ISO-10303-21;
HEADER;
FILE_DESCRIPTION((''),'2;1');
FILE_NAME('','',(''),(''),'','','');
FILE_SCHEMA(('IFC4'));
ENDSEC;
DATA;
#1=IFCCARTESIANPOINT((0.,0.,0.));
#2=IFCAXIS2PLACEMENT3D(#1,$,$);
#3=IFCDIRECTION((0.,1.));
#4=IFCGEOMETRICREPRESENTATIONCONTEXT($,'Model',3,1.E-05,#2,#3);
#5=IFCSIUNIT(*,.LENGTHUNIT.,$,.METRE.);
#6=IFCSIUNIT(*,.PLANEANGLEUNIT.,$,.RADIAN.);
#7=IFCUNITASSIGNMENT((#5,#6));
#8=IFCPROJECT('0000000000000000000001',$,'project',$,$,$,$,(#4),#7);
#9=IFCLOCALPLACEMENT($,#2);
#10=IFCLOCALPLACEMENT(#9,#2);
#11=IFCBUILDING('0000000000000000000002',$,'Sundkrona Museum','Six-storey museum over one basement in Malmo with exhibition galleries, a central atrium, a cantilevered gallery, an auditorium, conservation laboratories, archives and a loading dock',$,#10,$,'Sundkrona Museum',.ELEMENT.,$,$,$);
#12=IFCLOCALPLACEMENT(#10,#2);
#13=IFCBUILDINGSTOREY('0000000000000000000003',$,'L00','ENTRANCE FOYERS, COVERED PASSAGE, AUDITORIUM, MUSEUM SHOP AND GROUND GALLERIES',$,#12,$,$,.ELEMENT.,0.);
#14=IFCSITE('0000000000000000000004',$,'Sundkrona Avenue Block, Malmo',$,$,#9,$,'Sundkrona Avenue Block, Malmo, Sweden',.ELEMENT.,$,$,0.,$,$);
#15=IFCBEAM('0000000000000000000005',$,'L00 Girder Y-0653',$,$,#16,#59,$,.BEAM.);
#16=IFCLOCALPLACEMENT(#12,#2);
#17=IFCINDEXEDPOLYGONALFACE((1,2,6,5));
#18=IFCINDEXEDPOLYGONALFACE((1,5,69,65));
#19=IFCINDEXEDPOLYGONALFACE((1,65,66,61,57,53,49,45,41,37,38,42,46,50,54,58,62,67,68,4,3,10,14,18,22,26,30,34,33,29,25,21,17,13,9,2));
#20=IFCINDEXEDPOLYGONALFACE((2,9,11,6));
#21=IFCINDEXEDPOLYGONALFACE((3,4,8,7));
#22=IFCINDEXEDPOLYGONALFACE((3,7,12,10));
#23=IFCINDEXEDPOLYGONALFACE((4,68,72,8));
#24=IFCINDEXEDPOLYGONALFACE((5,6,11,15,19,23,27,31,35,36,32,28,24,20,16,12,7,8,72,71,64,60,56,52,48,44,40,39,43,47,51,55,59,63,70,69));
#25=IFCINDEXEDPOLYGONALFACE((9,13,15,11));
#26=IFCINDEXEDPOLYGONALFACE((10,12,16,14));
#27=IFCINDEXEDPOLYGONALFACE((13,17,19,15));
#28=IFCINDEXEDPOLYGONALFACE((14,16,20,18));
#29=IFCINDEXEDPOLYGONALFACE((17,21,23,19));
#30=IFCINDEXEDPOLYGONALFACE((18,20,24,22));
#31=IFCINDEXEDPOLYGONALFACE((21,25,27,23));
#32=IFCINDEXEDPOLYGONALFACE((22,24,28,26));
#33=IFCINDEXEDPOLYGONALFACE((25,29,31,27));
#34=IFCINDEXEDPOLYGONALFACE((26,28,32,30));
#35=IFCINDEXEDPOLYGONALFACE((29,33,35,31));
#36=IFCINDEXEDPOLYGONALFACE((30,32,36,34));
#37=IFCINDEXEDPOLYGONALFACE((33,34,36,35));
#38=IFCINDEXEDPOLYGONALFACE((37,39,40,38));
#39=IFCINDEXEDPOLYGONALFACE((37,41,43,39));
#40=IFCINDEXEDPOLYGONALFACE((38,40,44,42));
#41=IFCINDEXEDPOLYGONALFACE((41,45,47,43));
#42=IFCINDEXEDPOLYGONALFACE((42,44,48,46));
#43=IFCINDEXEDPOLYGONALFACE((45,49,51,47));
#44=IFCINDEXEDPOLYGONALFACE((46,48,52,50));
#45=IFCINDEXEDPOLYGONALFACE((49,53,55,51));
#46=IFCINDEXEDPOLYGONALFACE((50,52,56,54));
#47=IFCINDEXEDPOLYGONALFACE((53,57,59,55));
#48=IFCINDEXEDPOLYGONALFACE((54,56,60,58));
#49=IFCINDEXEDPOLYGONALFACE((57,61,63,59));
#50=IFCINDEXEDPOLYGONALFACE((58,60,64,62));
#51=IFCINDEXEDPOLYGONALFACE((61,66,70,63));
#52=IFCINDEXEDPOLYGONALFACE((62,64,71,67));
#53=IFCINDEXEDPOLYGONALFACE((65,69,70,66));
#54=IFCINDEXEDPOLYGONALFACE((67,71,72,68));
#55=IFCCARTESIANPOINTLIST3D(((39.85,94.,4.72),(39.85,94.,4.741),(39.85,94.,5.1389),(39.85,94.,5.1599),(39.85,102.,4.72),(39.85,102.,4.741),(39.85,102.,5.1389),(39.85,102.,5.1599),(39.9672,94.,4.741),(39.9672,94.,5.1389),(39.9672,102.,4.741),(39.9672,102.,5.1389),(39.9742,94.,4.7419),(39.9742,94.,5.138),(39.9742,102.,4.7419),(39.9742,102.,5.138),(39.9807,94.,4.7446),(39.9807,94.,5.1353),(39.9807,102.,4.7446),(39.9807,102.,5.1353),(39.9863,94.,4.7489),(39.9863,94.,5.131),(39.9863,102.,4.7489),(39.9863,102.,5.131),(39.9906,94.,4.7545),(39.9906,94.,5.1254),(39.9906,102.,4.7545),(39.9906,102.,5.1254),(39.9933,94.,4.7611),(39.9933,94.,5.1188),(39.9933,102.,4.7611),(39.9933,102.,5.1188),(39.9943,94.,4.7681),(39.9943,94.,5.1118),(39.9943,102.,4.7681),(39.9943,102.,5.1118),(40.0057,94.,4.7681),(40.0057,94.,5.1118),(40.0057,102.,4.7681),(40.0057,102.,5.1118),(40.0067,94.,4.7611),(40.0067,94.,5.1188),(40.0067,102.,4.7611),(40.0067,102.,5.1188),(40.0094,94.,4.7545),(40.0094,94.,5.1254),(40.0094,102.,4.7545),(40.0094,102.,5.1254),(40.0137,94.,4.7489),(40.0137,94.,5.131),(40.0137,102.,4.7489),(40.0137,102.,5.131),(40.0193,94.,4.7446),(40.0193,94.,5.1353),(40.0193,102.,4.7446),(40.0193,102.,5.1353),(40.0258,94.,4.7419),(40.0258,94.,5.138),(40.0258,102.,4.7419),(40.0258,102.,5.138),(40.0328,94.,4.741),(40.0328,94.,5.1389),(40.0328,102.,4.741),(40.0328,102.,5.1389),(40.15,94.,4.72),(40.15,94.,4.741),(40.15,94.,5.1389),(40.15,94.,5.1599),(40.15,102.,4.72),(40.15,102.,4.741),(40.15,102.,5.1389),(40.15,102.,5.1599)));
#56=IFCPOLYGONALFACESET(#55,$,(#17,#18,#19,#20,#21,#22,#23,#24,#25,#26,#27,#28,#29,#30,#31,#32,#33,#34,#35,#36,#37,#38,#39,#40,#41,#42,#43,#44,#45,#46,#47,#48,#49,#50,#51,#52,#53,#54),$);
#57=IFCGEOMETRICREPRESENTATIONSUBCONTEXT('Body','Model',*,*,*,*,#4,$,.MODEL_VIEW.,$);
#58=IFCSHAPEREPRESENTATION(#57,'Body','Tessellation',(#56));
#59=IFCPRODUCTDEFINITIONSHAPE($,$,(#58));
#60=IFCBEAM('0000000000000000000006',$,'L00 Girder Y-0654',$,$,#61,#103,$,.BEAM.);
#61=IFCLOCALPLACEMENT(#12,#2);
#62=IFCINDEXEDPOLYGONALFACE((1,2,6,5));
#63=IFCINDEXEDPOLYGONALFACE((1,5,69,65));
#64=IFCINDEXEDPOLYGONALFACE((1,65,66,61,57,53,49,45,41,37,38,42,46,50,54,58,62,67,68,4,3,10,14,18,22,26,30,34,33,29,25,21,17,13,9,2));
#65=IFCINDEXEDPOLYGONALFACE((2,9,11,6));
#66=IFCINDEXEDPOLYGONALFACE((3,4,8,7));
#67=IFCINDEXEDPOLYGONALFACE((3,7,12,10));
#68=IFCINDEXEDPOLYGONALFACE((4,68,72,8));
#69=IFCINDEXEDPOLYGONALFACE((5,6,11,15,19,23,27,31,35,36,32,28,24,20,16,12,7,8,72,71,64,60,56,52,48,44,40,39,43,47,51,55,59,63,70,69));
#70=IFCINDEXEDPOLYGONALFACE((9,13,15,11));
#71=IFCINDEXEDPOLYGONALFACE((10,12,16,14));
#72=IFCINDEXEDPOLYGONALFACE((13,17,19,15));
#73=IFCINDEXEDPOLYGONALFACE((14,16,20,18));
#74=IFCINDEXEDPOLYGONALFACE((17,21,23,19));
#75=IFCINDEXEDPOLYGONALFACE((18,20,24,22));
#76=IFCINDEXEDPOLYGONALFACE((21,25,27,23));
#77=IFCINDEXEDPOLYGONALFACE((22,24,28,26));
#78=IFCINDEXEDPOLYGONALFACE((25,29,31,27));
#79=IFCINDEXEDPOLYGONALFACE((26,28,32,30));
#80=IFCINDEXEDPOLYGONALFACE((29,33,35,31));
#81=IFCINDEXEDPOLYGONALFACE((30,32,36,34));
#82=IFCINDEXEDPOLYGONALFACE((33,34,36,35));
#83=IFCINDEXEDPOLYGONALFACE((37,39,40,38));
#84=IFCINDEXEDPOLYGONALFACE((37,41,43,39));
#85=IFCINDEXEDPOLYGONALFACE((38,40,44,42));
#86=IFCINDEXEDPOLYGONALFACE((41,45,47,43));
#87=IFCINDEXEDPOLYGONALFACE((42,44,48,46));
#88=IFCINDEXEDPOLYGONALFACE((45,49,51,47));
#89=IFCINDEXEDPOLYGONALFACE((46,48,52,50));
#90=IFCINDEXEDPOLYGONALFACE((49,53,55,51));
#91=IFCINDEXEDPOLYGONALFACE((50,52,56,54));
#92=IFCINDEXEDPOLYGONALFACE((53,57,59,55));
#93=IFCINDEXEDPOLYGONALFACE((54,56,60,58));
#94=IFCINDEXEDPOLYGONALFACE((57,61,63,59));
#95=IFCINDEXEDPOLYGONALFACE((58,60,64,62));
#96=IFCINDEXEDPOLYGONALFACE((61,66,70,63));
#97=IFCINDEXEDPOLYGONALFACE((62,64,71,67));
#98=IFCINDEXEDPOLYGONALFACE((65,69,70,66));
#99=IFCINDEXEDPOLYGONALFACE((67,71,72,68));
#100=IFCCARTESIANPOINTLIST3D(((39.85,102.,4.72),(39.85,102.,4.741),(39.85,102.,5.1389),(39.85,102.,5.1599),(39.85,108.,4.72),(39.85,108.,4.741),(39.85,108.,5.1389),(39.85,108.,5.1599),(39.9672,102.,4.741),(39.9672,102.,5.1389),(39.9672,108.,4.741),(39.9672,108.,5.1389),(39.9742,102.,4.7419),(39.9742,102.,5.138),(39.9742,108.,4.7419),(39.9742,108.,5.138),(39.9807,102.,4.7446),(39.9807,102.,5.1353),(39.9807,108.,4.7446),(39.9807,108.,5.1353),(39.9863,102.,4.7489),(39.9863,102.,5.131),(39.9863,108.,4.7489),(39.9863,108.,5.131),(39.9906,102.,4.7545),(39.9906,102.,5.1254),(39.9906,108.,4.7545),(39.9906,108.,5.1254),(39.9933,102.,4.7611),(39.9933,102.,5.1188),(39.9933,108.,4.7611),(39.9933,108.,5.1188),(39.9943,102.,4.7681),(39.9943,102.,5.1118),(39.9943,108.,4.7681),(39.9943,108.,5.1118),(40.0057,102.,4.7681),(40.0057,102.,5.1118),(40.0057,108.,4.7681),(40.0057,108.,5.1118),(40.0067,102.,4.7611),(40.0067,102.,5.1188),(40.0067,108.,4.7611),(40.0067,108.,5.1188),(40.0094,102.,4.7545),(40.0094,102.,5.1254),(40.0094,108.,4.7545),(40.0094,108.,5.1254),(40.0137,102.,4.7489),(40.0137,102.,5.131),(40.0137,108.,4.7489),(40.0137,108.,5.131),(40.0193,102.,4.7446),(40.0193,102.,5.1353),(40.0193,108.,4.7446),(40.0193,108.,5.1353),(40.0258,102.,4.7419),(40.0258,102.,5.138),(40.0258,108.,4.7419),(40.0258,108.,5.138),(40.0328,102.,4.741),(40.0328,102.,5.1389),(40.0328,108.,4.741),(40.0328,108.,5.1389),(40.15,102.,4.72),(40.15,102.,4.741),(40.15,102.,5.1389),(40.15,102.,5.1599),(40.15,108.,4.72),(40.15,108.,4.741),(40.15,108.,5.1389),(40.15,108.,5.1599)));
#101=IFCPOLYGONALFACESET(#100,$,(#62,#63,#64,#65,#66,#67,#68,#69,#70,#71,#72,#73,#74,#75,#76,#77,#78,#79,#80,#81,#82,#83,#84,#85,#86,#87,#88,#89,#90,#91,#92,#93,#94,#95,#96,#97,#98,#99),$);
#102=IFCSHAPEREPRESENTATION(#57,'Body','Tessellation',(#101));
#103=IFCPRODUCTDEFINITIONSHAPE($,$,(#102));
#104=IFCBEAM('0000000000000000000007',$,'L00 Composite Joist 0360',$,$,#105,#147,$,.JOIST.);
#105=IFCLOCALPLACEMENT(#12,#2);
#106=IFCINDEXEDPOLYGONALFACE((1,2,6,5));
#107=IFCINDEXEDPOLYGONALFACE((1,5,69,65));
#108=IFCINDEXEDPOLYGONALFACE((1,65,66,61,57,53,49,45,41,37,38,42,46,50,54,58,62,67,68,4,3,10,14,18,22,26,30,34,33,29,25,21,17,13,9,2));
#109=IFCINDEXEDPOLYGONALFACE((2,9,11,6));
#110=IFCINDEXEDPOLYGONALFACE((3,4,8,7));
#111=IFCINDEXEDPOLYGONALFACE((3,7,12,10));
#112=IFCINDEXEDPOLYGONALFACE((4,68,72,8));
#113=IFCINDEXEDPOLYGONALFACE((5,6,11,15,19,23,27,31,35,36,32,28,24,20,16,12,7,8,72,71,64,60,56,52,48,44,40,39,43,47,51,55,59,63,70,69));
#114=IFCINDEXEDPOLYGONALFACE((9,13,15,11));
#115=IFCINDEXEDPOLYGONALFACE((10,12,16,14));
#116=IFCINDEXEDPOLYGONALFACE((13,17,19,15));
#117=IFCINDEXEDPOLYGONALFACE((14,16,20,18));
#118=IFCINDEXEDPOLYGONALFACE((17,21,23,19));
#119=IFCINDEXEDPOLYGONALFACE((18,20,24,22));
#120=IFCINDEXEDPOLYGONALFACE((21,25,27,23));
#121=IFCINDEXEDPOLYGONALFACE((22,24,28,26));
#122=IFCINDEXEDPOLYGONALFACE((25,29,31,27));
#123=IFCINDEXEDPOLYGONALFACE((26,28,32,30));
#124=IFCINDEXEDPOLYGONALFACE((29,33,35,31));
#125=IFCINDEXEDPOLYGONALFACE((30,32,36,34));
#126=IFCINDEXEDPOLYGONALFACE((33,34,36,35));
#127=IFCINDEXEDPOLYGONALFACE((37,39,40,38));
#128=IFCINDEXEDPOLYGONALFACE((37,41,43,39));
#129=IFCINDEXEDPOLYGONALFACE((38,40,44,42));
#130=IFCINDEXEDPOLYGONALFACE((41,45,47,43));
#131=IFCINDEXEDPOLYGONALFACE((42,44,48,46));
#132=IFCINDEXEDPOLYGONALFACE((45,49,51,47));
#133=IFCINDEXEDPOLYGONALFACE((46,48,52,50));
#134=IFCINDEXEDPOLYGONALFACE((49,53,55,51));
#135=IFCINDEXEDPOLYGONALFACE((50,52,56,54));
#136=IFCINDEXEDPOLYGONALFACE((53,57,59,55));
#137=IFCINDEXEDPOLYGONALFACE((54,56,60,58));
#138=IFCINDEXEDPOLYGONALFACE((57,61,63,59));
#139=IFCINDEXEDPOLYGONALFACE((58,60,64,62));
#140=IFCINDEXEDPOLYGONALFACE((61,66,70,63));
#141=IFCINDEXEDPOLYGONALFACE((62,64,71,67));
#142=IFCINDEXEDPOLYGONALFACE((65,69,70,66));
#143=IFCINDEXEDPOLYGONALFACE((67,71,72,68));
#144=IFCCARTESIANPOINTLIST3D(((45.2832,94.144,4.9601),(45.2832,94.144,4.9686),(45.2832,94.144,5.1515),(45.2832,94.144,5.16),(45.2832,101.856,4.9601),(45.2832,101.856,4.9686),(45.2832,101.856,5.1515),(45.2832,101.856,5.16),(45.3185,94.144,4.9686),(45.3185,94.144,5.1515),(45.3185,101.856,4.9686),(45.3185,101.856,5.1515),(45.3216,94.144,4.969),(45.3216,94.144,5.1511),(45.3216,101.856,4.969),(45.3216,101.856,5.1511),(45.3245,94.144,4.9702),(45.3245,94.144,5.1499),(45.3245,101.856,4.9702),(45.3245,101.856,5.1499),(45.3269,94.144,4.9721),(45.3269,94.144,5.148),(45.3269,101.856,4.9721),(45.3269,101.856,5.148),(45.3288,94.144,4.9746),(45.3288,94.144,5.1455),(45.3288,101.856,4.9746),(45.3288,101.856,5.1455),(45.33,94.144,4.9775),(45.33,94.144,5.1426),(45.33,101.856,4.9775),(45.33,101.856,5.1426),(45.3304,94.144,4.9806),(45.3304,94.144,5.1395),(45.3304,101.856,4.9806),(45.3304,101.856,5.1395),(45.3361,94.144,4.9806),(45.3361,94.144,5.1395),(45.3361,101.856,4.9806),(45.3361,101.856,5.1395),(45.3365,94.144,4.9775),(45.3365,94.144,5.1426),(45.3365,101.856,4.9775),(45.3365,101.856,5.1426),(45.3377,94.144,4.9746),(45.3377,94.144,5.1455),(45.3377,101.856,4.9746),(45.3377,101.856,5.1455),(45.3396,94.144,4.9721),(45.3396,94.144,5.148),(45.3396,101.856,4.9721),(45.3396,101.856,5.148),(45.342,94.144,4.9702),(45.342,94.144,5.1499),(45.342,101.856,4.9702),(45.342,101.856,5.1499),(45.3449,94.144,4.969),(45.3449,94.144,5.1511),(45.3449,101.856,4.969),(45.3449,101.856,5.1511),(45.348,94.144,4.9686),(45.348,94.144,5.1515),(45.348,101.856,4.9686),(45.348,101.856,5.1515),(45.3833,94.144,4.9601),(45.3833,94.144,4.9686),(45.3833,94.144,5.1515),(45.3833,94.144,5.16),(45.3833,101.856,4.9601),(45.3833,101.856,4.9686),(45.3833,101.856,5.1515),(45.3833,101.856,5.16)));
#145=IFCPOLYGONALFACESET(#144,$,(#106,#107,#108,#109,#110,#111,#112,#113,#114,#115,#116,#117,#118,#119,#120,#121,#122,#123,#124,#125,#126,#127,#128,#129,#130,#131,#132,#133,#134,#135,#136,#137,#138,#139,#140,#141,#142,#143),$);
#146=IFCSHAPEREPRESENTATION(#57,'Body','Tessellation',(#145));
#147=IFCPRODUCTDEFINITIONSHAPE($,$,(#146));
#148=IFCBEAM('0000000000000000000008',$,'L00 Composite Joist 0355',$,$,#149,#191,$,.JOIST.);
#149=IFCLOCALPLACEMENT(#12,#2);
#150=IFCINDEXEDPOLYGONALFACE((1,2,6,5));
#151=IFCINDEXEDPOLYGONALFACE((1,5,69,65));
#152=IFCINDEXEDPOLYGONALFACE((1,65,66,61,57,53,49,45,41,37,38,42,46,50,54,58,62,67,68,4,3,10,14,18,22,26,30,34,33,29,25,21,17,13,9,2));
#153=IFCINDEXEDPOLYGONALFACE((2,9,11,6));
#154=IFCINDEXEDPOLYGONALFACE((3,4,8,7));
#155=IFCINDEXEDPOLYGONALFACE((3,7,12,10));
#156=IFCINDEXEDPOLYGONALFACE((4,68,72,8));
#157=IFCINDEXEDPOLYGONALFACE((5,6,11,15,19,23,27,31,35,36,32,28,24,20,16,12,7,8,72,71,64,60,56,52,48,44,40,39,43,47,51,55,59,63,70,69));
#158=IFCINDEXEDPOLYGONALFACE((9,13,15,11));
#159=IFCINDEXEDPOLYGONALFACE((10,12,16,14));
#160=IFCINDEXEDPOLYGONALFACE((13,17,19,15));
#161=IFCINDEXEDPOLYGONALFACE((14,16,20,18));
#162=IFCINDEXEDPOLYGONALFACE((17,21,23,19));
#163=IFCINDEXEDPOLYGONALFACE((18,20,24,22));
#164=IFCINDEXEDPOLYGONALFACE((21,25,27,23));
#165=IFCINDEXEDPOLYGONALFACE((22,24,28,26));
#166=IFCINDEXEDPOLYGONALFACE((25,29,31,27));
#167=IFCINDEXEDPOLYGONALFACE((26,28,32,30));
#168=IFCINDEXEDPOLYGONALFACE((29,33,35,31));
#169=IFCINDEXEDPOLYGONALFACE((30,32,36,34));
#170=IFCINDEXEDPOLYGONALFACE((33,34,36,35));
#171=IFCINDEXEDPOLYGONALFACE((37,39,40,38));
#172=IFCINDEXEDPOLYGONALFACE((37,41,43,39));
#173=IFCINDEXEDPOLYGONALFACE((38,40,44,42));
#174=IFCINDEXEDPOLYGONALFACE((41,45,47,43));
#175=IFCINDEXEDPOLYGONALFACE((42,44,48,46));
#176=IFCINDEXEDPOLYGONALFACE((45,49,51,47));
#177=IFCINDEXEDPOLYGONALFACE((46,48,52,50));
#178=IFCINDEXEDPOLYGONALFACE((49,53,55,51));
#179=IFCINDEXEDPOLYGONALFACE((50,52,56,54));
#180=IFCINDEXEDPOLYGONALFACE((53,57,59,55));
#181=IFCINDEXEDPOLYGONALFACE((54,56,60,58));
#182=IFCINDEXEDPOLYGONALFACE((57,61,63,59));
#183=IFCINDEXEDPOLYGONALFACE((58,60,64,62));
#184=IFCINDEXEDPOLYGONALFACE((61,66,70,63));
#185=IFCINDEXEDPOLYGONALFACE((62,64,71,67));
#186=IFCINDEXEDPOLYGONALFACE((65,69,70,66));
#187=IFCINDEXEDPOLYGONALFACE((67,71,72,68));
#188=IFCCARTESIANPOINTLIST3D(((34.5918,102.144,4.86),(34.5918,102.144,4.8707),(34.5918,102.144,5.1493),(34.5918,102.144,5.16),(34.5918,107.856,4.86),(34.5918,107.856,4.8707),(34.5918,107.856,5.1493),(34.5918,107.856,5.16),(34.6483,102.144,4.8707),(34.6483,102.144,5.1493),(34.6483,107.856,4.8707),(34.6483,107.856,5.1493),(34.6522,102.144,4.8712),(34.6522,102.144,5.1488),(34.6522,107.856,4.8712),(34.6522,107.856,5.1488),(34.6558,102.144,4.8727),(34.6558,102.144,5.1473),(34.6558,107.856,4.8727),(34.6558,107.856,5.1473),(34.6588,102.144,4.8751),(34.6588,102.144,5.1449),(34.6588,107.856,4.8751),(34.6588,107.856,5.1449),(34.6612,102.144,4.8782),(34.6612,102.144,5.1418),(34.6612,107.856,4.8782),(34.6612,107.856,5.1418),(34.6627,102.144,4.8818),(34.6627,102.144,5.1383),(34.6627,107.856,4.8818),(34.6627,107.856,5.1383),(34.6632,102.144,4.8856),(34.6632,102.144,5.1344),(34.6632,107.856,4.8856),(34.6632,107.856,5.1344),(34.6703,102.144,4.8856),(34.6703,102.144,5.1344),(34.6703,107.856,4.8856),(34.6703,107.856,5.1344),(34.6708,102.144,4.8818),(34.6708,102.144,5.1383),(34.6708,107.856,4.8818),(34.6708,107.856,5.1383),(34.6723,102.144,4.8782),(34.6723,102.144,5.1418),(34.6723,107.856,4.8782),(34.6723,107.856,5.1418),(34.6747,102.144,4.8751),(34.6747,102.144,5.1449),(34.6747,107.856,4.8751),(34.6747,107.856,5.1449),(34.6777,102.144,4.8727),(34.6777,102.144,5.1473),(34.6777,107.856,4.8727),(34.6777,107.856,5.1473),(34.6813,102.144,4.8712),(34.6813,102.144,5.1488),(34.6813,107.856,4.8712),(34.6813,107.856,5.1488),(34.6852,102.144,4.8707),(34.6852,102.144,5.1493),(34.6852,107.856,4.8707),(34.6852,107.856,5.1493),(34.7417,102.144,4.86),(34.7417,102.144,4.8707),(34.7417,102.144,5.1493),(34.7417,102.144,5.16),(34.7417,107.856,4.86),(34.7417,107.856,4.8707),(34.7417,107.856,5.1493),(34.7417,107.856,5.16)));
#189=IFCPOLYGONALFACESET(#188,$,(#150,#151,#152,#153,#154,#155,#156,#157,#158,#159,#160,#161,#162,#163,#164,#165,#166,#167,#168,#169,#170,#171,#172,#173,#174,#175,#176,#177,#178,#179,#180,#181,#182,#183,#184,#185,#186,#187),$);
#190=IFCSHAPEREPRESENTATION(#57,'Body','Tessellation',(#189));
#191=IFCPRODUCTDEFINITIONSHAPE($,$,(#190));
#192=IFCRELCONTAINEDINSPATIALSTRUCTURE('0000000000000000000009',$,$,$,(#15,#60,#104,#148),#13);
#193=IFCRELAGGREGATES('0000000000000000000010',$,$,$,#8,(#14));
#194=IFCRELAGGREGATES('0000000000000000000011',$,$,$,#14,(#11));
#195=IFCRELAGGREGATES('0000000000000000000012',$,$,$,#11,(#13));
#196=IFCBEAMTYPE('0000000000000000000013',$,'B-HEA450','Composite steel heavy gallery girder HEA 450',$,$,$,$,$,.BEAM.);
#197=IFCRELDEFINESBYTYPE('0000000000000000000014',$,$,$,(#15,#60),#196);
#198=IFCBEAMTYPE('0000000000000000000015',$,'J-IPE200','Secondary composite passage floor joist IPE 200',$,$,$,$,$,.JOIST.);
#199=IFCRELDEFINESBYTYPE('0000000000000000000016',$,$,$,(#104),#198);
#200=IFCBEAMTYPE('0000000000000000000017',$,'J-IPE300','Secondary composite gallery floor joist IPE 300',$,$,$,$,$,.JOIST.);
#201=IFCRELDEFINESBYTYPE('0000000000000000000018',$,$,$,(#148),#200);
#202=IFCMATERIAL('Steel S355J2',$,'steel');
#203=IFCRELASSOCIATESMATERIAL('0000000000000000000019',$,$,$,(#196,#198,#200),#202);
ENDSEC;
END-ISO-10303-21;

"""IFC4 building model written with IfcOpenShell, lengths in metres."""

from ifc_helpers import new_model, si_unit, direction, frame, origin, origin_2d, place, context, subcontext, project, spatial, i_section, extrude, material, material_profile, profile_set, type_object, element, save


model = new_model("IFC4")

# Units and contexts
model_context = context("Model", 3, precision=1e-05, world=origin(), true_north=direction((0.0, 1.0)))
body_context = subcontext(model_context, "Body", "Model", "MODEL_VIEW")
ifc_project = project(units=[si_unit("LENGTHUNIT", "METRE"), si_unit("PLANEANGLEUNIT", "RADIAN")], contexts=[model_context])

# Site, building, storey
site_placement = place(None, origin())
site = spatial("IfcSite", under=ifc_project, at=site_placement, Name="Sundkrona Avenue Block, Malmo", LongName="Sundkrona Avenue Block, Malmo, Sweden", CompositionType="ELEMENT", RefElevation=0.0)
building_placement = place(site_placement, origin())
building = spatial("IfcBuilding", under=site, at=building_placement, Name="Sundkrona Museum", Description="Six-storey museum over one basement in Malmo with exhibition galleries, a central atrium, a cantilevered gallery, an auditorium, conservation laboratories, archives and a loading dock", LongName="Sundkrona Museum", CompositionType="ELEMENT")
storey_placement = place(building_placement, origin())
storey = spatial("IfcBuildingStorey", under=building, at=storey_placement, Name="L00", Description="ENTRANCE FOYERS, COVERED PASSAGE, AUDITORIUM, MUSEUM SHOP AND GROUND GALLERIES", CompositionType="ELEMENT", Elevation=0.0)

# Shared definitions
ifc_material_1 = material(Name="Steel S355J2", Category="steel")

# Beams
ifc_material_profile_1 = material_profile(ifc_material_1, i_section(OverallWidth=0.3, OverallDepth=0.4399, WebThickness=0.0115, FlangeThickness=0.021, FilletRadius=0.0271, at=origin_2d()), Name="HEA 450")
ifc_profile_set_1 = profile_set([ifc_material_profile_1], Name="Steel S355J2")
beam_type_1 = type_object("IfcBeamType", Name="B-HEA450", Description="Composite steel heavy gallery girder HEA 450", PredefinedType="BEAM", material=ifc_profile_set_1)
beam_1_placement = place(storey_placement, frame((40.0, 94.0, 4.9399), z_axis=(0.0, 1.0, 0.0), x_axis=(-1.0, 0.0, 0.0)))
element("IfcBeam", 1, at=beam_1_placement, inside=storey, type_object=beam_type_1, Name="L00 Girder Y-0653", PredefinedType="BEAM", context=body_context, shape_type="SweptSolid", body=[
    extrude(i_section(OverallWidth=0.3, OverallDepth=0.4399, WebThickness=0.0115, FlangeThickness=0.021, FilletRadius=0.0271, at=origin_2d()), origin(), (0.0, 0.0, 1.0), 8.0),
])
beam_2_placement = place(storey_placement, frame((40.0, 102.0, 4.9399), z_axis=(0.0, 1.0, 0.0), x_axis=(-1.0, 0.0, 0.0)))
element("IfcBeam", 2, at=beam_2_placement, inside=storey, type_object=beam_type_1, Name="L00 Girder Y-0654", PredefinedType="BEAM", context=body_context, shape_type="SweptSolid", body=[
    extrude(i_section(OverallWidth=0.3, OverallDepth=0.4399, WebThickness=0.0115, FlangeThickness=0.021, FilletRadius=0.0271, at=origin_2d()), origin(), (0.0, 0.0, 1.0), 6.0),
])
ifc_material_profile_2 = material_profile(ifc_material_1, i_section(OverallWidth=0.1001, OverallDepth=0.2, WebThickness=0.0056, FlangeThickness=0.0085, FilletRadius=0.012, at=origin_2d()), Name="IPE 200")
ifc_profile_set_2 = profile_set([ifc_material_profile_2], Name="Steel S355J2")
beam_type_2 = type_object("IfcBeamType", Name="J-IPE200", Description="Secondary composite passage floor joist IPE 200", PredefinedType="JOIST", material=ifc_profile_set_2)
beam_3_placement = place(storey_placement, frame((45.3333, 94.144, 5.0601), z_axis=(0.0, 1.0, 0.0), x_axis=(-1.0, 0.0, 0.0)))
element("IfcBeam", 3, at=beam_3_placement, inside=storey, type_object=beam_type_2, Name="L00 Composite Joist 0360", PredefinedType="JOIST", context=body_context, shape_type="SweptSolid", body=[
    extrude(i_section(OverallWidth=0.1001, OverallDepth=0.2, WebThickness=0.0056, FlangeThickness=0.0085, FilletRadius=0.012, at=origin_2d()), origin(), (0.0, 0.0, 1.0), 7.7119),
])
ifc_material_profile_3 = material_profile(ifc_material_1, i_section(OverallWidth=0.1499, OverallDepth=0.3, WebThickness=0.0071, FlangeThickness=0.0107, FilletRadius=0.0149, at=origin_2d()), Name="IPE 300")
ifc_profile_set_3 = profile_set([ifc_material_profile_3], Name="Steel S355J2")
beam_type_3 = type_object("IfcBeamType", Name="J-IPE300", Description="Secondary composite gallery floor joist IPE 300", PredefinedType="JOIST", material=ifc_profile_set_3)
beam_4_placement = place(storey_placement, frame((34.6667, 102.144, 5.01), z_axis=(0.0, 1.0, 0.0), x_axis=(-1.0, 0.0, 0.0)))
element("IfcBeam", 4, at=beam_4_placement, inside=storey, type_object=beam_type_3, Name="L00 Composite Joist 0355", PredefinedType="JOIST", context=body_context, shape_type="SweptSolid", body=[
    extrude(i_section(OverallWidth=0.1499, OverallDepth=0.3, WebThickness=0.0071, FlangeThickness=0.0107, FilletRadius=0.0149, at=origin_2d()), origin(), (0.0, 0.0, 1.0), 5.7119),
])

save(model, "model.ifc")
